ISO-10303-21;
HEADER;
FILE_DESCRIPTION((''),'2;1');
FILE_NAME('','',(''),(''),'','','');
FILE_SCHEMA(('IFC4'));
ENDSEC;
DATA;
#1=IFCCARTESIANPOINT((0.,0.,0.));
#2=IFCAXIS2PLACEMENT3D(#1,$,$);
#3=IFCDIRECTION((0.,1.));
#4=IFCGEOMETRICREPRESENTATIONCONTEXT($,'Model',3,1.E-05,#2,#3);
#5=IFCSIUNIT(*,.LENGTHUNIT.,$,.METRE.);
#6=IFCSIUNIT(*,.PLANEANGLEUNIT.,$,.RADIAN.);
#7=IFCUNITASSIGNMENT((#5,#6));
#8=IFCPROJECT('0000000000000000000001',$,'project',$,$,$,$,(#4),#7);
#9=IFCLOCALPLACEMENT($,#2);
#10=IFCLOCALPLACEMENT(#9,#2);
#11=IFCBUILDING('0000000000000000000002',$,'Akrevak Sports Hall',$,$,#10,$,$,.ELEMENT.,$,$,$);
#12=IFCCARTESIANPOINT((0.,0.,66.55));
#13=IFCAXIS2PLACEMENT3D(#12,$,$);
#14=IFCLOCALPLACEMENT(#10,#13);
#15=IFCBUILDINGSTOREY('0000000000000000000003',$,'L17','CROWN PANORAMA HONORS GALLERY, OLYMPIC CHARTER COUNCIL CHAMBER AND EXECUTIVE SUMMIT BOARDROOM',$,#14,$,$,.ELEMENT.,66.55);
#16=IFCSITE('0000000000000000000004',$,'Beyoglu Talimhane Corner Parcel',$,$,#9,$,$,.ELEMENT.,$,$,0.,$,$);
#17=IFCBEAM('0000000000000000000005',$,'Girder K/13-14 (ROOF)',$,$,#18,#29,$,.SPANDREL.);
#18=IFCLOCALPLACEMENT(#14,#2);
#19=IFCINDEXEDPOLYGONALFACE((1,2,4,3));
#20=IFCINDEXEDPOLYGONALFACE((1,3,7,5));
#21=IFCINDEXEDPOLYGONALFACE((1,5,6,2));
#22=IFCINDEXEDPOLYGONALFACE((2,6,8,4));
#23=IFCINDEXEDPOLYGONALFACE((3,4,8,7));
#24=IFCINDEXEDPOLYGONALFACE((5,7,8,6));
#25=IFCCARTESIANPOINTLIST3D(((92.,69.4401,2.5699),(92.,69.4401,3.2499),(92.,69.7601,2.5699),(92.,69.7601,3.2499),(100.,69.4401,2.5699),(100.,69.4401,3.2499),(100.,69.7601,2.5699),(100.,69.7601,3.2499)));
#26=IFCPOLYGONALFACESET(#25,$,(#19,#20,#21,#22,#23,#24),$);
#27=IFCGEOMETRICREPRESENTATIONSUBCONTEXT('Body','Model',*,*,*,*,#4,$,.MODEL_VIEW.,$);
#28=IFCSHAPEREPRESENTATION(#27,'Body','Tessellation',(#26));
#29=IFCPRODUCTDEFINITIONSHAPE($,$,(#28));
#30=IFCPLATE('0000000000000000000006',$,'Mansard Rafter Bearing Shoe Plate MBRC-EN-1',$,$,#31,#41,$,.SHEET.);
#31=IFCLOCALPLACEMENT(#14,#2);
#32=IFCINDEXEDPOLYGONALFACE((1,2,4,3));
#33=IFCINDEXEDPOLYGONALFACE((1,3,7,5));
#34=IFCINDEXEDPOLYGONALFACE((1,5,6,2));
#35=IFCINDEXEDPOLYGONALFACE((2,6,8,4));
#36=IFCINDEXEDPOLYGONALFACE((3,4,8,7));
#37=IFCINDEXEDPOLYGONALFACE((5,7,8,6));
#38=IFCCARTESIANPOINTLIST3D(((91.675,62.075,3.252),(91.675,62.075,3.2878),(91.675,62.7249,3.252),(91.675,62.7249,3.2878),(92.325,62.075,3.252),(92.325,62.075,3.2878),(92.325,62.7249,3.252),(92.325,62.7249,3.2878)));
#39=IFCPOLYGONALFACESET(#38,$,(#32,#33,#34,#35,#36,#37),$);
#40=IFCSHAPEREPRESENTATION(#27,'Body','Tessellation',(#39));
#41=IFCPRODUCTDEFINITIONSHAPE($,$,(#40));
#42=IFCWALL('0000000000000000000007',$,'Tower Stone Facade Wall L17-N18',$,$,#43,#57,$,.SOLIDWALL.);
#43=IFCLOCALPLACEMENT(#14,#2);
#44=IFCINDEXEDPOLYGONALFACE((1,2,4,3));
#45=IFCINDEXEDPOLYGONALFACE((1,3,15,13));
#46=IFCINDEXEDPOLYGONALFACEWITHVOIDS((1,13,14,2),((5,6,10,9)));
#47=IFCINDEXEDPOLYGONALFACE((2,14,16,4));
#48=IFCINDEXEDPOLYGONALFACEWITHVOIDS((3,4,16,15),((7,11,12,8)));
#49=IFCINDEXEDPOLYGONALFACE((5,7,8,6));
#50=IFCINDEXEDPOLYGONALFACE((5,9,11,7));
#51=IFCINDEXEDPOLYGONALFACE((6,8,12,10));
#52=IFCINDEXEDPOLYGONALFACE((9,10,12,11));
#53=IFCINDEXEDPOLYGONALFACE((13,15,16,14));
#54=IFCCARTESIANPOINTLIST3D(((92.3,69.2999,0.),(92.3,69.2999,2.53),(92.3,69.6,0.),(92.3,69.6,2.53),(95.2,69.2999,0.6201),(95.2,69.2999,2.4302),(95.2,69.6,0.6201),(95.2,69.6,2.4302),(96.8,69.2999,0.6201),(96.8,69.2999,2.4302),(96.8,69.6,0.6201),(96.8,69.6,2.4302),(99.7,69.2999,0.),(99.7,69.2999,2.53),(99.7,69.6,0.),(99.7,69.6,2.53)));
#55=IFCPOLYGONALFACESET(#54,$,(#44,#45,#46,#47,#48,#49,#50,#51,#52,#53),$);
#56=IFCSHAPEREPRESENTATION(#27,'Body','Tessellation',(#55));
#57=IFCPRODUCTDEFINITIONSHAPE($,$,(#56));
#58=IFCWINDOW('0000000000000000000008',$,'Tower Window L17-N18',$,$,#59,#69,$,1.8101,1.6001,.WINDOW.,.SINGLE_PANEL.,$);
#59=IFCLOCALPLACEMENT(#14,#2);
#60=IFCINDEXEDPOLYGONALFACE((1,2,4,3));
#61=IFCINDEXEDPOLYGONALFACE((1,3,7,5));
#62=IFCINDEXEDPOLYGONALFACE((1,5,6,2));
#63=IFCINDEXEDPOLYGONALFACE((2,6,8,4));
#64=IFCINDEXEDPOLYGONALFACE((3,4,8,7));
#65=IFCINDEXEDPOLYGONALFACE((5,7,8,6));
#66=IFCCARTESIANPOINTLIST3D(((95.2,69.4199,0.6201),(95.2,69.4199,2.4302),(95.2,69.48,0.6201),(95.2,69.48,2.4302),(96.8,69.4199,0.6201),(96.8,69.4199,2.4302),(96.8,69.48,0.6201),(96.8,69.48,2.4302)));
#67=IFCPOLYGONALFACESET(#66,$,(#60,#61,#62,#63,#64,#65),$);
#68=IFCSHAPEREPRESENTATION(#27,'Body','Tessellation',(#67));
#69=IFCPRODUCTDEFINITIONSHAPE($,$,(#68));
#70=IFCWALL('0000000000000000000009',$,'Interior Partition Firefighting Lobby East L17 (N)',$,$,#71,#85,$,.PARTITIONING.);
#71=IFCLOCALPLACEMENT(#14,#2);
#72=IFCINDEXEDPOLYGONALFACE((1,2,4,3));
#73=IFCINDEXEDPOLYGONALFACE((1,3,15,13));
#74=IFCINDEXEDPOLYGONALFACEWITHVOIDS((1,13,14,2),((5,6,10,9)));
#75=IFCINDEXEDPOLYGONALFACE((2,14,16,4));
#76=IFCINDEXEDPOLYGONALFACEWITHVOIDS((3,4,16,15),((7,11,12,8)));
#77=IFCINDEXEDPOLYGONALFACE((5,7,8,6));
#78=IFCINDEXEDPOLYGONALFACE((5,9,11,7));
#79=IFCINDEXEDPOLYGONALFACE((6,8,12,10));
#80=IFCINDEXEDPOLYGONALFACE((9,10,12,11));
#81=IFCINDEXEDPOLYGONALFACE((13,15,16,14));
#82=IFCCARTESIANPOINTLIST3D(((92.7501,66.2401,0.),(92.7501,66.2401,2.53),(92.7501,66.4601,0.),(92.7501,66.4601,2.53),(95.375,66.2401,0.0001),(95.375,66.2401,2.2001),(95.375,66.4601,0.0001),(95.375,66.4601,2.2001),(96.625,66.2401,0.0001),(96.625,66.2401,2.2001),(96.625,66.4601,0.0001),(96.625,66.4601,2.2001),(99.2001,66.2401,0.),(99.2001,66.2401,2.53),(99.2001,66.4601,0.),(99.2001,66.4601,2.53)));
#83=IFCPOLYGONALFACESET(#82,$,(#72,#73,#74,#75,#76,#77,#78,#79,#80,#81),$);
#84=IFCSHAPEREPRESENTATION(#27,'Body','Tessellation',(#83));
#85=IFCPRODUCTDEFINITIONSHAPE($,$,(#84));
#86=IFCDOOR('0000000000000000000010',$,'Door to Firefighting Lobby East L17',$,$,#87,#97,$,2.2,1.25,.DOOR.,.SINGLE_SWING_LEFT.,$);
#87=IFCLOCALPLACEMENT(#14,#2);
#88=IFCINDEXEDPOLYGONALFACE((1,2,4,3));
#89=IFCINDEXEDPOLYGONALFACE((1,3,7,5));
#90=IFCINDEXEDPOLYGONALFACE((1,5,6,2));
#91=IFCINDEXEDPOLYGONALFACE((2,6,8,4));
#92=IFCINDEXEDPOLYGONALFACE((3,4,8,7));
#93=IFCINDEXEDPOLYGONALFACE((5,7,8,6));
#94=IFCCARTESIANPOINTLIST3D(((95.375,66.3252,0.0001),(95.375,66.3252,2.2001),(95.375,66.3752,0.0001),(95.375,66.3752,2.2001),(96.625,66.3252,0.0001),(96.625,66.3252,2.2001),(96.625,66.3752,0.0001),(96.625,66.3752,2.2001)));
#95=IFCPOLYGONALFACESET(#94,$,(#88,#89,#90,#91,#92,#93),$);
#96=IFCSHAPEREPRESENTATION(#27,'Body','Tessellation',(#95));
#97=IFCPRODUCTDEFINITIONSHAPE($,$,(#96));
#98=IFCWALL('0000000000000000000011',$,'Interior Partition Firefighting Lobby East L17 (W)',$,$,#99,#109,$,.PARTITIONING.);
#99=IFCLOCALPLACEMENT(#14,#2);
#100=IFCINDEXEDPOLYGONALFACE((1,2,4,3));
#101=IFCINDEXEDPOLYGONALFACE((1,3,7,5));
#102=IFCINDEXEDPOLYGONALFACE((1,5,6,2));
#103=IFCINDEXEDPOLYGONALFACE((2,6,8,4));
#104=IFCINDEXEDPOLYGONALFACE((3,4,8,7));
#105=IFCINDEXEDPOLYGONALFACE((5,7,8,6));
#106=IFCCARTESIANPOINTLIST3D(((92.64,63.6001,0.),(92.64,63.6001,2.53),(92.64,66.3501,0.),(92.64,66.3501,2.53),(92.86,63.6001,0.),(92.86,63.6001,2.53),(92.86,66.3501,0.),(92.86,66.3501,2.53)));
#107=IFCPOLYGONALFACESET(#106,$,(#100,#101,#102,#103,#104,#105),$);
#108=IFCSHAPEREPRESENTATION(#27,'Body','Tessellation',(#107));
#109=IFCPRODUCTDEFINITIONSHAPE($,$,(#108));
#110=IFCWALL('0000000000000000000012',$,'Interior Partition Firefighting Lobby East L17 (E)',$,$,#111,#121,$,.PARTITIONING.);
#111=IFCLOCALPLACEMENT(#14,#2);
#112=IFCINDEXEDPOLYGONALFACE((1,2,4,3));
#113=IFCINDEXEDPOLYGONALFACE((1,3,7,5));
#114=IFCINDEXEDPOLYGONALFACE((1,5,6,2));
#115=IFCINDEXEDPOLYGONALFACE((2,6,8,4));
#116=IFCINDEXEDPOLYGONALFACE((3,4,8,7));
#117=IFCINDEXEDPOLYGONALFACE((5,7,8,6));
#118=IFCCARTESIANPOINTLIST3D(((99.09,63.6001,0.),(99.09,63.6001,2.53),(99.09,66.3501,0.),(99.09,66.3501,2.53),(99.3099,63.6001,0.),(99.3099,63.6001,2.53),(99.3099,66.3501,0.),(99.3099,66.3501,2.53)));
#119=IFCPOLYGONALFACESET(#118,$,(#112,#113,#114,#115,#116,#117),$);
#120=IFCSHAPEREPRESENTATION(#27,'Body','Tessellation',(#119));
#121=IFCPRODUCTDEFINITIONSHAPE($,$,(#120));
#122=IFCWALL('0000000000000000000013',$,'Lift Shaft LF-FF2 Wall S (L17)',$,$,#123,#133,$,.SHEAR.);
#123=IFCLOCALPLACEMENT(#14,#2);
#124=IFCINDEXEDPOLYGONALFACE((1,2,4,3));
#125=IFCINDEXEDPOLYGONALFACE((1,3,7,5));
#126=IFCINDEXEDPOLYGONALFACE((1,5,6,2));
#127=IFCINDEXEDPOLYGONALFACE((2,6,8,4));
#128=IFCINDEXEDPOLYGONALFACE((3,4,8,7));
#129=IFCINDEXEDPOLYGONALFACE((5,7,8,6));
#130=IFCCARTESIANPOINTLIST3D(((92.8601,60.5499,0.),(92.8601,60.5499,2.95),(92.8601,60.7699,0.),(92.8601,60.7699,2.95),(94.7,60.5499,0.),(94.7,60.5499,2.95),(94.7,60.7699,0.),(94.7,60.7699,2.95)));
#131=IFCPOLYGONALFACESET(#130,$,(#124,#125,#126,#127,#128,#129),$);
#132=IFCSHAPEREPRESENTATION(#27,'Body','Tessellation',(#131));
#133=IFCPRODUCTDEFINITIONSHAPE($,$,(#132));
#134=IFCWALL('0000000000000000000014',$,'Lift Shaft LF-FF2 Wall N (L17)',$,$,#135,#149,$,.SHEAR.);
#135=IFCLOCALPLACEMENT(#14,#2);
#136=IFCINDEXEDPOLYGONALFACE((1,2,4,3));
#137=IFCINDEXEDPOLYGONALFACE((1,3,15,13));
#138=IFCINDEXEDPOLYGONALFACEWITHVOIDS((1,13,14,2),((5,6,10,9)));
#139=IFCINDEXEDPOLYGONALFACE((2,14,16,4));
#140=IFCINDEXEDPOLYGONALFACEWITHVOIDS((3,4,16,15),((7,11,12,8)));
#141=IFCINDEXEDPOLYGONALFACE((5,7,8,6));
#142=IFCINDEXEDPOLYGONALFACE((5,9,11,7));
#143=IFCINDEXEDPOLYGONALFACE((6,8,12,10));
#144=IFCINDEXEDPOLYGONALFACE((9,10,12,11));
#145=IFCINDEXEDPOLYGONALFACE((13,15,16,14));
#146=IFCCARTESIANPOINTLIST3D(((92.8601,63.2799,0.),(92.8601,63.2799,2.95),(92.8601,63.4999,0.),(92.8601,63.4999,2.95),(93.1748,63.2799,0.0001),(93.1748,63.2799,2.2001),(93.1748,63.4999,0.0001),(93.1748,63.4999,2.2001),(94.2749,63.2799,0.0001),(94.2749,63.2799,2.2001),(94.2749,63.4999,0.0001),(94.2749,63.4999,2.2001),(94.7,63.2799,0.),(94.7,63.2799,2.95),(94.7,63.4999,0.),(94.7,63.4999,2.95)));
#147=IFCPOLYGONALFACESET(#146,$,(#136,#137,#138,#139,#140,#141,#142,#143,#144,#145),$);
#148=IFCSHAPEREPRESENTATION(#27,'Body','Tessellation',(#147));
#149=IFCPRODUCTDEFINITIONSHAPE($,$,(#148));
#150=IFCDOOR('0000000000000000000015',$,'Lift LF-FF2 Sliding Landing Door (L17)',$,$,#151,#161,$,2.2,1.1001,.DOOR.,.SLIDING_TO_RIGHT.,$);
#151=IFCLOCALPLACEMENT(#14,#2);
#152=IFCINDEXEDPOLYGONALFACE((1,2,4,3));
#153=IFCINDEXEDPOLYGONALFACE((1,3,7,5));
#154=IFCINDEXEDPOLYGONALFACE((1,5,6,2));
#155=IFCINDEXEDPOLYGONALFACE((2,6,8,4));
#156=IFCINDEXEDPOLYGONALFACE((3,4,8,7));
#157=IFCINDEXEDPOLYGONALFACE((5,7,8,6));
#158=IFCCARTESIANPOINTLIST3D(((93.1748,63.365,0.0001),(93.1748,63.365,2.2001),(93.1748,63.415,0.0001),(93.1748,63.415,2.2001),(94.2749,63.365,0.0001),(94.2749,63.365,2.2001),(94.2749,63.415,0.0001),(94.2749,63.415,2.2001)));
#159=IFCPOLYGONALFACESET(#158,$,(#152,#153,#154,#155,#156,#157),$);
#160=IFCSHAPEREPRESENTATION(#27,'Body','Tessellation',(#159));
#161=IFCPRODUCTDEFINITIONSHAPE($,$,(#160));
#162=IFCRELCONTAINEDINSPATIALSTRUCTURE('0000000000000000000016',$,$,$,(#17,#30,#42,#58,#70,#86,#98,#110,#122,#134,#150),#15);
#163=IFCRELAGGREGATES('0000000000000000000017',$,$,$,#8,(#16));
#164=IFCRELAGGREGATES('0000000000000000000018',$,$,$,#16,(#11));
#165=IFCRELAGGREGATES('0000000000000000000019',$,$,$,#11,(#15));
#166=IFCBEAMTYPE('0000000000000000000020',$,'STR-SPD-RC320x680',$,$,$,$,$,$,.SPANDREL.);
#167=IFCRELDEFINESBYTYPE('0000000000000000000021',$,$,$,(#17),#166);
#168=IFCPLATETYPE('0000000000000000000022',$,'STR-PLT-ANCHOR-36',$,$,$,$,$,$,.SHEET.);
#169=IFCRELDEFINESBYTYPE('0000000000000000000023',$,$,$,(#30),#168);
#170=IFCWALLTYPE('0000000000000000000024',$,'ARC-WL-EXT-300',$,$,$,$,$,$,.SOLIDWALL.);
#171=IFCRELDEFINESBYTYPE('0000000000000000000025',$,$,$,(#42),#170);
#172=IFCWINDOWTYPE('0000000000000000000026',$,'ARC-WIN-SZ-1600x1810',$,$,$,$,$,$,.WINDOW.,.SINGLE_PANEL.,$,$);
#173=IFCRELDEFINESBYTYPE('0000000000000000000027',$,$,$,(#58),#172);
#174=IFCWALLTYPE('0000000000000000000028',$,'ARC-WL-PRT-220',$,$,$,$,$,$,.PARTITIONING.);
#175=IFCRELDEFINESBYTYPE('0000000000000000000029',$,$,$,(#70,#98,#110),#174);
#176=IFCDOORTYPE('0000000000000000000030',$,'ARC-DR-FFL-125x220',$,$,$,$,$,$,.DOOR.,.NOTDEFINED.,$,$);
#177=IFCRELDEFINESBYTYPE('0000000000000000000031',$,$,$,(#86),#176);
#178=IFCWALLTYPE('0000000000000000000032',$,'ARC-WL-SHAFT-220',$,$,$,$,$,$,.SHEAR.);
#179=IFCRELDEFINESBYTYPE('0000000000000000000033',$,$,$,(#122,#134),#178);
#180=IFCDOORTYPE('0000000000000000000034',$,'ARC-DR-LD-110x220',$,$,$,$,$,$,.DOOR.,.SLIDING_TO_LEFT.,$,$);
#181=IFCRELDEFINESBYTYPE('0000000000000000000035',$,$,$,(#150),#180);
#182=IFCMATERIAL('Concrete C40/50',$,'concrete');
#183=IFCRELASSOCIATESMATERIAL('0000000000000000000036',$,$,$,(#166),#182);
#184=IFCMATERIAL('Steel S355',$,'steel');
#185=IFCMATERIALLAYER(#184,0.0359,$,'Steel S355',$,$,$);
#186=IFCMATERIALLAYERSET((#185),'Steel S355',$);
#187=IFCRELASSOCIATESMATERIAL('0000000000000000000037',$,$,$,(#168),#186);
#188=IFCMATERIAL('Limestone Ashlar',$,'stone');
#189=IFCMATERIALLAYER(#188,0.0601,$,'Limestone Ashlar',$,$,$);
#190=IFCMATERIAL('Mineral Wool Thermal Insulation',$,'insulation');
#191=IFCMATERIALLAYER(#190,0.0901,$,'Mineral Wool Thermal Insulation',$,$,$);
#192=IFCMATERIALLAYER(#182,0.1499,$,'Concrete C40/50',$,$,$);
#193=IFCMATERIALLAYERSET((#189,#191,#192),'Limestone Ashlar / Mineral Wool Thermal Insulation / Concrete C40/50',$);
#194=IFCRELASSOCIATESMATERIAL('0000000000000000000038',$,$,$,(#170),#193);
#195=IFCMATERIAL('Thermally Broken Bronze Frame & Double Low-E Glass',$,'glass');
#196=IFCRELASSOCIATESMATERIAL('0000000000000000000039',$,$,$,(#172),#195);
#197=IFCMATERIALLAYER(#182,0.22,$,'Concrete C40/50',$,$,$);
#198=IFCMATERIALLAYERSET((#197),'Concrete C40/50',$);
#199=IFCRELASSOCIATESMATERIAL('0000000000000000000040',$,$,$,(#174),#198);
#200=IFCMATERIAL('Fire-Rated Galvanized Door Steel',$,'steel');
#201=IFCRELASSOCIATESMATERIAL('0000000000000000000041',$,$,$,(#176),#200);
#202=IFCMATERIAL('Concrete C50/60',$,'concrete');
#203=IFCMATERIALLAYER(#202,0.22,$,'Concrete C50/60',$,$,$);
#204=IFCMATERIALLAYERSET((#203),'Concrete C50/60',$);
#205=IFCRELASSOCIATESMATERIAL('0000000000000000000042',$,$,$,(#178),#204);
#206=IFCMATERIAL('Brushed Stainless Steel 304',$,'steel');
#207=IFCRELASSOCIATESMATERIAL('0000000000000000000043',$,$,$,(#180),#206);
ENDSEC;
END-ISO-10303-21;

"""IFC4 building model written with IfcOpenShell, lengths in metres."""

from ifc_helpers import new_model, si_unit, direction, frame, frame_2d, origin, origin_2d, place, context, subcontext, project, spatial, rectangle, extrude, material, layer, layer_set, material_profile, profile_set, type_object, element, fill, save


model = new_model("IFC4")

# Units and contexts
model_context = context("Model", 3, precision=1e-05, world=origin(), true_north=direction((0.0, 1.0)))
body_context = subcontext(model_context, "Body", "Model", "MODEL_VIEW")
ifc_project = project(units=[si_unit("LENGTHUNIT", "METRE"), si_unit("PLANEANGLEUNIT", "RADIAN")], contexts=[model_context])

# Site, building, storey
site_placement = place(None, origin())
site = spatial("IfcSite", under=ifc_project, at=site_placement, Name="Beyoglu Talimhane Corner Parcel", CompositionType="ELEMENT", RefElevation=0.0)
building_placement = place(site_placement, origin())
building = spatial("IfcBuilding", under=site, at=building_placement, Name="Akrevak Sports Hall", CompositionType="ELEMENT")
storey_placement = place(building_placement, frame((0.0, 0.0, 66.55)))
storey = spatial("IfcBuildingStorey", under=building, at=storey_placement, Name="L17", Description="CROWN PANORAMA HONORS GALLERY, OLYMPIC CHARTER COUNCIL CHAMBER AND EXECUTIVE SUMMIT BOARDROOM", CompositionType="ELEMENT", Elevation=66.55)

# Shared definitions
ifc_material_1 = material(Name="Concrete C40/50", Category="concrete")

# Shared definitions
ifc_material_2 = material(Name="Steel S355", Category="steel")

# Beam
ifc_material_profile_1 = material_profile(ifc_material_1, rectangle(XDim=0.3201, YDim=0.6799, at=origin_2d()), Name="SPD 320x680", Category="concrete")
ifc_profile_set_1 = profile_set([ifc_material_profile_1], Name="Concrete C40/50")
beam_type_1 = type_object("IfcBeamType", Name="STR-SPD-RC320x680", PredefinedType="SPANDREL", material=ifc_profile_set_1)
for number, where, z_axis, x_axis, name in (
    (1, (92.0, 69.6001, 2.9099), (1.0, 0.0, 0.0), (0.0, 1.0, 0.0), "Girder K/13-14 (ROOF)"),
):
    element("IfcBeam", number, at=place(storey_placement, frame(where, z_axis=z_axis, x_axis=x_axis)), inside=storey, type_object=beam_type_1, Name=name, PredefinedType="SPANDREL", context=body_context, shape_type="SweptSolid", body=[
        extrude(rectangle(XDim=0.3201, YDim=0.6799, at=origin_2d()), origin(), (0.0, 0.0, 1.0), 8.0),
    ])

# Plate
ifc_layer_1 = layer(ifc_material_2, 0.0359, Name="Steel S355")
ifc_layer_set_1 = layer_set([ifc_layer_1], Name="Steel S355")
plate_type = type_object("IfcPlateType", Name="STR-PLT-ANCHOR-36", PredefinedType="SHEET", material=ifc_layer_set_1)
plate_placement = place(storey_placement, frame((92.0, 62.3999, 3.252), z_axis=(0.0, 0.0, 1.0), x_axis=(1.0, 0.0, 0.0)))
element("IfcPlate", 2, at=plate_placement, inside=storey, type_object=plate_type, Name="Mansard Rafter Bearing Shoe Plate MBRC-EN-1", PredefinedType="SHEET", context=body_context, shape_type="SweptSolid", body=[
    extrude(rectangle(XDim=0.6499, YDim=0.6499, at=origin_2d()), origin(), (0.0, 0.0, 1.0), 0.0359),
])

# Wall, opening, window
ifc_material_3 = material(Name="Limestone Ashlar", Category="stone")
ifc_layer_2 = layer(ifc_material_3, 0.0601, Name="Limestone Ashlar")
ifc_material_4 = material(Name="Mineral Wool Thermal Insulation", Category="insulation")
ifc_layer_3 = layer(ifc_material_4, 0.0901, Name="Mineral Wool Thermal Insulation")
ifc_layer_4 = layer(ifc_material_1, 0.1499, Name="Concrete C40/50")
ifc_layer_set_2 = layer_set([ifc_layer_2, ifc_layer_3, ifc_layer_4], Name="Limestone Ashlar / Mineral Wool Thermal Insulation / Concrete C40/50")
wall_type_1 = type_object("IfcWallType", Name="ARC-WL-EXT-300", PredefinedType="SOLIDWALL", material=ifc_layer_set_2)
wall_1_placement = place(storey_placement, frame((99.7, 69.45, 0.0), z_axis=(0.0, 0.0, 1.0), x_axis=(-1.0, 0.0, 0.0)))
wall_1 = element("IfcWall", 3, at=wall_1_placement, inside=storey, type_object=wall_type_1, Name="Tower Stone Facade Wall L17-N18", PredefinedType="SOLIDWALL", context=body_context, shape_type="SweptSolid", body=[
    extrude(rectangle(XDim=7.3999, YDim=0.3, at=frame_2d((3.7, 0.0))), origin(), (0.0, 0.0, 1.0), 2.53),
])
opening_1_placement = place(wall_1_placement, frame((2.8999, 0.0, 0.6201)))
opening_1 = element("IfcOpeningElement", 4, at=opening_1_placement, cuts=wall_1, PredefinedType="OPENING", context=body_context, shape_type="SweptSolid", body=[
    extrude(rectangle(XDim=1.6001, YDim=1.8101, at=frame_2d((0.8, 0.905))), frame((0.0, 0.1621, 0.0), z_axis=(0.0, -1.0, 0.0), x_axis=(1.0, 0.0, 0.0)), (0.0, 0.0, 1.0), 0.324),
])
ifc_material_5 = material(Name="Thermally Broken Bronze Frame & Double Low-E Glass", Category="glass")
window_type = type_object("IfcWindowType", Name="ARC-WIN-SZ-1600x1810", PartitioningType="SINGLE_PANEL", PredefinedType="WINDOW", material=ifc_material_5)
window_placement = place(opening_1_placement, origin())
window = element("IfcWindow", 5, at=window_placement, inside=storey, type_object=window_type, Name="Tower Window L17-N18", OverallHeight=1.8101, OverallWidth=1.6001, PartitioningType="SINGLE_PANEL", PredefinedType="WINDOW", context=body_context, shape_type="SweptSolid", body=[
    extrude(rectangle(XDim=1.6001, YDim=1.8101, at=frame_2d((0.8, 0.905))), frame((0.0, 0.03, 0.0), z_axis=(0.0, -1.0, 0.0), x_axis=(1.0, 0.0, 0.0)), (0.0, 0.0, 1.0), 0.0601),
])
fill(opening_1, window)

# Wall, opening, door
ifc_layer_5 = layer(ifc_material_1, 0.22, Name="Concrete C40/50")
ifc_layer_set_3 = layer_set([ifc_layer_5], Name="Concrete C40/50")
wall_type_2 = type_object("IfcWallType", Name="ARC-WL-PRT-220", PredefinedType="PARTITIONING", material=ifc_layer_set_3)
wall_2_placement = place(storey_placement, frame((92.75, 66.3501, 0.0), z_axis=(0.0, 0.0, 1.0), x_axis=(1.0, 0.0, 0.0)))
wall_2 = element("IfcWall", 6, at=wall_2_placement, inside=storey, type_object=wall_type_2, Name="Interior Partition Firefighting Lobby East L17 (N)", PredefinedType="PARTITIONING", context=body_context, shape_type="SweptSolid", body=[
    extrude(rectangle(XDim=6.45, YDim=0.22, at=frame_2d((3.2251, 0.0))), origin(), (0.0, 0.0, 1.0), 2.53),
])
opening_2_placement = place(wall_2_placement, frame((2.625, 0.0, 0.0)))
opening_2 = element("IfcOpeningElement", 7, at=opening_2_placement, cuts=wall_2, PredefinedType="OPENING", context=body_context, shape_type="SweptSolid", body=[
    extrude(rectangle(XDim=1.25, YDim=2.2, at=frame_2d((0.625, 1.1001))), frame((0.0, 0.1221, 0.0), z_axis=(0.0, -1.0, 0.0), x_axis=(1.0, 0.0, 0.0)), (0.0, 0.0, 1.0), 0.2439),
])
ifc_material_6 = material(Name="Fire-Rated Galvanized Door Steel", Category="steel")
door_type_1 = type_object("IfcDoorType", Name="ARC-DR-FFL-125x220", OperationType="NOTDEFINED", PredefinedType="DOOR", material=ifc_material_6)
door_1_placement = place(opening_2_placement, frame((1.25, 0.0, 0.0), z_axis=(0.0, 0.0, 1.0), x_axis=(-1.0, 0.0, 0.0)))
door_1 = element("IfcDoor", 8, at=door_1_placement, inside=storey, type_object=door_type_1, Name="Door to Firefighting Lobby East L17", OperationType="SINGLE_SWING_LEFT", OverallHeight=2.2, OverallWidth=1.25, PredefinedType="DOOR", context=body_context, shape_type="SweptSolid", body=[
    extrude(rectangle(XDim=1.25, YDim=2.2, at=frame_2d((0.625, 1.1001))), frame((0.0, 0.0249, 0.0), z_axis=(0.0, -1.0, 0.0), x_axis=(1.0, 0.0, 0.0)), (0.0, 0.0, 1.0), 0.05),
])
fill(opening_2, door_1)

# Walls
for number, where, z_axis, x_axis, name in (
    (9, (92.75, 63.6001, 0.0), (0.0, 0.0, 1.0), (0.0, 1.0, 0.0), "Interior Partition Firefighting Lobby East L17 (W)"),
    (10, (99.2, 63.6001, 0.0), (0.0, 0.0, 1.0), (0.0, 1.0, 0.0), "Interior Partition Firefighting Lobby East L17 (E)"),
):
    element("IfcWall", number, at=place(storey_placement, frame(where, z_axis=z_axis, x_axis=x_axis)), inside=storey, type_object=wall_type_2, Name=name, PredefinedType="PARTITIONING", context=body_context, shape_type="SweptSolid", body=[
        extrude(rectangle(XDim=2.75, YDim=0.22, at=frame_2d((1.375, 0.0))), origin(), (0.0, 0.0, 1.0), 2.53),
    ])
ifc_material_7 = material(Name="Concrete C50/60", Category="concrete")
ifc_layer_6 = layer(ifc_material_7, 0.22, Name="Concrete C50/60")
ifc_layer_set_4 = layer_set([ifc_layer_6], Name="Concrete C50/60")
wall_type_3 = type_object("IfcWallType", Name="ARC-WL-SHAFT-220", PredefinedType="SHEAR", material=ifc_layer_set_4)
wall_3_placement = place(storey_placement, frame((92.8601, 60.6599, 0.0), z_axis=(0.0, 0.0, 1.0), x_axis=(1.0, 0.0, 0.0)))
element("IfcWall", 11, at=wall_3_placement, inside=storey, type_object=wall_type_3, Name="Lift Shaft LF-FF2 Wall S (L17)", PredefinedType="SHEAR", context=body_context, shape_type="SweptSolid", body=[
    extrude(rectangle(XDim=1.8398, YDim=0.22, at=frame_2d((0.9199, 0.0))), origin(), (0.0, 0.0, 1.0), 2.95),
])

# Wall, opening, door
wall_4_placement = place(storey_placement, frame((94.7, 63.3899, 0.0), z_axis=(0.0, 0.0, 1.0), x_axis=(-1.0, 0.0, 0.0)))
wall_4 = element("IfcWall", 12, at=wall_4_placement, inside=storey, type_object=wall_type_3, Name="Lift Shaft LF-FF2 Wall N (L17)", PredefinedType="SHEAR", context=body_context, shape_type="SweptSolid", body=[
    extrude(rectangle(XDim=1.8398, YDim=0.22, at=frame_2d((0.9199, 0.0))), origin(), (0.0, 0.0, 1.0), 2.95),
])
opening_3_placement = place(wall_4_placement, frame((0.425, 0.0, 0.0)))
opening_3 = element("IfcOpeningElement", 13, at=opening_3_placement, cuts=wall_4, PredefinedType="OPENING", context=body_context, shape_type="SweptSolid", body=[
    extrude(rectangle(XDim=1.1001, YDim=2.2, at=frame_2d((0.55, 1.1001))), frame((0.0, 0.1221, 0.0), z_axis=(0.0, -1.0, 0.0), x_axis=(1.0, 0.0, 0.0)), (0.0, 0.0, 1.0), 0.2439),
])
ifc_material_8 = material(Name="Brushed Stainless Steel 304", Category="steel")
door_type_2 = type_object("IfcDoorType", Name="ARC-DR-LD-110x220", OperationType="SLIDING_TO_LEFT", PredefinedType="DOOR", material=ifc_material_8)
door_2_placement = place(opening_3_placement, origin())
door_2 = element("IfcDoor", 14, at=door_2_placement, inside=storey, type_object=door_type_2, Name="Lift LF-FF2 Sliding Landing Door (L17)", OperationType="SLIDING_TO_RIGHT", OverallHeight=2.2, OverallWidth=1.1001, PredefinedType="DOOR", context=body_context, shape_type="SweptSolid", body=[
    extrude(rectangle(XDim=1.1001, YDim=2.2, at=frame_2d((0.55, 1.1001))), frame((0.0, 0.0249, 0.0), z_axis=(0.0, -1.0, 0.0), x_axis=(1.0, 0.0, 0.0)), (0.0, 0.0, 1.0), 0.05),
])
fill(opening_3, door_2)

save(model, "model.ifc")
